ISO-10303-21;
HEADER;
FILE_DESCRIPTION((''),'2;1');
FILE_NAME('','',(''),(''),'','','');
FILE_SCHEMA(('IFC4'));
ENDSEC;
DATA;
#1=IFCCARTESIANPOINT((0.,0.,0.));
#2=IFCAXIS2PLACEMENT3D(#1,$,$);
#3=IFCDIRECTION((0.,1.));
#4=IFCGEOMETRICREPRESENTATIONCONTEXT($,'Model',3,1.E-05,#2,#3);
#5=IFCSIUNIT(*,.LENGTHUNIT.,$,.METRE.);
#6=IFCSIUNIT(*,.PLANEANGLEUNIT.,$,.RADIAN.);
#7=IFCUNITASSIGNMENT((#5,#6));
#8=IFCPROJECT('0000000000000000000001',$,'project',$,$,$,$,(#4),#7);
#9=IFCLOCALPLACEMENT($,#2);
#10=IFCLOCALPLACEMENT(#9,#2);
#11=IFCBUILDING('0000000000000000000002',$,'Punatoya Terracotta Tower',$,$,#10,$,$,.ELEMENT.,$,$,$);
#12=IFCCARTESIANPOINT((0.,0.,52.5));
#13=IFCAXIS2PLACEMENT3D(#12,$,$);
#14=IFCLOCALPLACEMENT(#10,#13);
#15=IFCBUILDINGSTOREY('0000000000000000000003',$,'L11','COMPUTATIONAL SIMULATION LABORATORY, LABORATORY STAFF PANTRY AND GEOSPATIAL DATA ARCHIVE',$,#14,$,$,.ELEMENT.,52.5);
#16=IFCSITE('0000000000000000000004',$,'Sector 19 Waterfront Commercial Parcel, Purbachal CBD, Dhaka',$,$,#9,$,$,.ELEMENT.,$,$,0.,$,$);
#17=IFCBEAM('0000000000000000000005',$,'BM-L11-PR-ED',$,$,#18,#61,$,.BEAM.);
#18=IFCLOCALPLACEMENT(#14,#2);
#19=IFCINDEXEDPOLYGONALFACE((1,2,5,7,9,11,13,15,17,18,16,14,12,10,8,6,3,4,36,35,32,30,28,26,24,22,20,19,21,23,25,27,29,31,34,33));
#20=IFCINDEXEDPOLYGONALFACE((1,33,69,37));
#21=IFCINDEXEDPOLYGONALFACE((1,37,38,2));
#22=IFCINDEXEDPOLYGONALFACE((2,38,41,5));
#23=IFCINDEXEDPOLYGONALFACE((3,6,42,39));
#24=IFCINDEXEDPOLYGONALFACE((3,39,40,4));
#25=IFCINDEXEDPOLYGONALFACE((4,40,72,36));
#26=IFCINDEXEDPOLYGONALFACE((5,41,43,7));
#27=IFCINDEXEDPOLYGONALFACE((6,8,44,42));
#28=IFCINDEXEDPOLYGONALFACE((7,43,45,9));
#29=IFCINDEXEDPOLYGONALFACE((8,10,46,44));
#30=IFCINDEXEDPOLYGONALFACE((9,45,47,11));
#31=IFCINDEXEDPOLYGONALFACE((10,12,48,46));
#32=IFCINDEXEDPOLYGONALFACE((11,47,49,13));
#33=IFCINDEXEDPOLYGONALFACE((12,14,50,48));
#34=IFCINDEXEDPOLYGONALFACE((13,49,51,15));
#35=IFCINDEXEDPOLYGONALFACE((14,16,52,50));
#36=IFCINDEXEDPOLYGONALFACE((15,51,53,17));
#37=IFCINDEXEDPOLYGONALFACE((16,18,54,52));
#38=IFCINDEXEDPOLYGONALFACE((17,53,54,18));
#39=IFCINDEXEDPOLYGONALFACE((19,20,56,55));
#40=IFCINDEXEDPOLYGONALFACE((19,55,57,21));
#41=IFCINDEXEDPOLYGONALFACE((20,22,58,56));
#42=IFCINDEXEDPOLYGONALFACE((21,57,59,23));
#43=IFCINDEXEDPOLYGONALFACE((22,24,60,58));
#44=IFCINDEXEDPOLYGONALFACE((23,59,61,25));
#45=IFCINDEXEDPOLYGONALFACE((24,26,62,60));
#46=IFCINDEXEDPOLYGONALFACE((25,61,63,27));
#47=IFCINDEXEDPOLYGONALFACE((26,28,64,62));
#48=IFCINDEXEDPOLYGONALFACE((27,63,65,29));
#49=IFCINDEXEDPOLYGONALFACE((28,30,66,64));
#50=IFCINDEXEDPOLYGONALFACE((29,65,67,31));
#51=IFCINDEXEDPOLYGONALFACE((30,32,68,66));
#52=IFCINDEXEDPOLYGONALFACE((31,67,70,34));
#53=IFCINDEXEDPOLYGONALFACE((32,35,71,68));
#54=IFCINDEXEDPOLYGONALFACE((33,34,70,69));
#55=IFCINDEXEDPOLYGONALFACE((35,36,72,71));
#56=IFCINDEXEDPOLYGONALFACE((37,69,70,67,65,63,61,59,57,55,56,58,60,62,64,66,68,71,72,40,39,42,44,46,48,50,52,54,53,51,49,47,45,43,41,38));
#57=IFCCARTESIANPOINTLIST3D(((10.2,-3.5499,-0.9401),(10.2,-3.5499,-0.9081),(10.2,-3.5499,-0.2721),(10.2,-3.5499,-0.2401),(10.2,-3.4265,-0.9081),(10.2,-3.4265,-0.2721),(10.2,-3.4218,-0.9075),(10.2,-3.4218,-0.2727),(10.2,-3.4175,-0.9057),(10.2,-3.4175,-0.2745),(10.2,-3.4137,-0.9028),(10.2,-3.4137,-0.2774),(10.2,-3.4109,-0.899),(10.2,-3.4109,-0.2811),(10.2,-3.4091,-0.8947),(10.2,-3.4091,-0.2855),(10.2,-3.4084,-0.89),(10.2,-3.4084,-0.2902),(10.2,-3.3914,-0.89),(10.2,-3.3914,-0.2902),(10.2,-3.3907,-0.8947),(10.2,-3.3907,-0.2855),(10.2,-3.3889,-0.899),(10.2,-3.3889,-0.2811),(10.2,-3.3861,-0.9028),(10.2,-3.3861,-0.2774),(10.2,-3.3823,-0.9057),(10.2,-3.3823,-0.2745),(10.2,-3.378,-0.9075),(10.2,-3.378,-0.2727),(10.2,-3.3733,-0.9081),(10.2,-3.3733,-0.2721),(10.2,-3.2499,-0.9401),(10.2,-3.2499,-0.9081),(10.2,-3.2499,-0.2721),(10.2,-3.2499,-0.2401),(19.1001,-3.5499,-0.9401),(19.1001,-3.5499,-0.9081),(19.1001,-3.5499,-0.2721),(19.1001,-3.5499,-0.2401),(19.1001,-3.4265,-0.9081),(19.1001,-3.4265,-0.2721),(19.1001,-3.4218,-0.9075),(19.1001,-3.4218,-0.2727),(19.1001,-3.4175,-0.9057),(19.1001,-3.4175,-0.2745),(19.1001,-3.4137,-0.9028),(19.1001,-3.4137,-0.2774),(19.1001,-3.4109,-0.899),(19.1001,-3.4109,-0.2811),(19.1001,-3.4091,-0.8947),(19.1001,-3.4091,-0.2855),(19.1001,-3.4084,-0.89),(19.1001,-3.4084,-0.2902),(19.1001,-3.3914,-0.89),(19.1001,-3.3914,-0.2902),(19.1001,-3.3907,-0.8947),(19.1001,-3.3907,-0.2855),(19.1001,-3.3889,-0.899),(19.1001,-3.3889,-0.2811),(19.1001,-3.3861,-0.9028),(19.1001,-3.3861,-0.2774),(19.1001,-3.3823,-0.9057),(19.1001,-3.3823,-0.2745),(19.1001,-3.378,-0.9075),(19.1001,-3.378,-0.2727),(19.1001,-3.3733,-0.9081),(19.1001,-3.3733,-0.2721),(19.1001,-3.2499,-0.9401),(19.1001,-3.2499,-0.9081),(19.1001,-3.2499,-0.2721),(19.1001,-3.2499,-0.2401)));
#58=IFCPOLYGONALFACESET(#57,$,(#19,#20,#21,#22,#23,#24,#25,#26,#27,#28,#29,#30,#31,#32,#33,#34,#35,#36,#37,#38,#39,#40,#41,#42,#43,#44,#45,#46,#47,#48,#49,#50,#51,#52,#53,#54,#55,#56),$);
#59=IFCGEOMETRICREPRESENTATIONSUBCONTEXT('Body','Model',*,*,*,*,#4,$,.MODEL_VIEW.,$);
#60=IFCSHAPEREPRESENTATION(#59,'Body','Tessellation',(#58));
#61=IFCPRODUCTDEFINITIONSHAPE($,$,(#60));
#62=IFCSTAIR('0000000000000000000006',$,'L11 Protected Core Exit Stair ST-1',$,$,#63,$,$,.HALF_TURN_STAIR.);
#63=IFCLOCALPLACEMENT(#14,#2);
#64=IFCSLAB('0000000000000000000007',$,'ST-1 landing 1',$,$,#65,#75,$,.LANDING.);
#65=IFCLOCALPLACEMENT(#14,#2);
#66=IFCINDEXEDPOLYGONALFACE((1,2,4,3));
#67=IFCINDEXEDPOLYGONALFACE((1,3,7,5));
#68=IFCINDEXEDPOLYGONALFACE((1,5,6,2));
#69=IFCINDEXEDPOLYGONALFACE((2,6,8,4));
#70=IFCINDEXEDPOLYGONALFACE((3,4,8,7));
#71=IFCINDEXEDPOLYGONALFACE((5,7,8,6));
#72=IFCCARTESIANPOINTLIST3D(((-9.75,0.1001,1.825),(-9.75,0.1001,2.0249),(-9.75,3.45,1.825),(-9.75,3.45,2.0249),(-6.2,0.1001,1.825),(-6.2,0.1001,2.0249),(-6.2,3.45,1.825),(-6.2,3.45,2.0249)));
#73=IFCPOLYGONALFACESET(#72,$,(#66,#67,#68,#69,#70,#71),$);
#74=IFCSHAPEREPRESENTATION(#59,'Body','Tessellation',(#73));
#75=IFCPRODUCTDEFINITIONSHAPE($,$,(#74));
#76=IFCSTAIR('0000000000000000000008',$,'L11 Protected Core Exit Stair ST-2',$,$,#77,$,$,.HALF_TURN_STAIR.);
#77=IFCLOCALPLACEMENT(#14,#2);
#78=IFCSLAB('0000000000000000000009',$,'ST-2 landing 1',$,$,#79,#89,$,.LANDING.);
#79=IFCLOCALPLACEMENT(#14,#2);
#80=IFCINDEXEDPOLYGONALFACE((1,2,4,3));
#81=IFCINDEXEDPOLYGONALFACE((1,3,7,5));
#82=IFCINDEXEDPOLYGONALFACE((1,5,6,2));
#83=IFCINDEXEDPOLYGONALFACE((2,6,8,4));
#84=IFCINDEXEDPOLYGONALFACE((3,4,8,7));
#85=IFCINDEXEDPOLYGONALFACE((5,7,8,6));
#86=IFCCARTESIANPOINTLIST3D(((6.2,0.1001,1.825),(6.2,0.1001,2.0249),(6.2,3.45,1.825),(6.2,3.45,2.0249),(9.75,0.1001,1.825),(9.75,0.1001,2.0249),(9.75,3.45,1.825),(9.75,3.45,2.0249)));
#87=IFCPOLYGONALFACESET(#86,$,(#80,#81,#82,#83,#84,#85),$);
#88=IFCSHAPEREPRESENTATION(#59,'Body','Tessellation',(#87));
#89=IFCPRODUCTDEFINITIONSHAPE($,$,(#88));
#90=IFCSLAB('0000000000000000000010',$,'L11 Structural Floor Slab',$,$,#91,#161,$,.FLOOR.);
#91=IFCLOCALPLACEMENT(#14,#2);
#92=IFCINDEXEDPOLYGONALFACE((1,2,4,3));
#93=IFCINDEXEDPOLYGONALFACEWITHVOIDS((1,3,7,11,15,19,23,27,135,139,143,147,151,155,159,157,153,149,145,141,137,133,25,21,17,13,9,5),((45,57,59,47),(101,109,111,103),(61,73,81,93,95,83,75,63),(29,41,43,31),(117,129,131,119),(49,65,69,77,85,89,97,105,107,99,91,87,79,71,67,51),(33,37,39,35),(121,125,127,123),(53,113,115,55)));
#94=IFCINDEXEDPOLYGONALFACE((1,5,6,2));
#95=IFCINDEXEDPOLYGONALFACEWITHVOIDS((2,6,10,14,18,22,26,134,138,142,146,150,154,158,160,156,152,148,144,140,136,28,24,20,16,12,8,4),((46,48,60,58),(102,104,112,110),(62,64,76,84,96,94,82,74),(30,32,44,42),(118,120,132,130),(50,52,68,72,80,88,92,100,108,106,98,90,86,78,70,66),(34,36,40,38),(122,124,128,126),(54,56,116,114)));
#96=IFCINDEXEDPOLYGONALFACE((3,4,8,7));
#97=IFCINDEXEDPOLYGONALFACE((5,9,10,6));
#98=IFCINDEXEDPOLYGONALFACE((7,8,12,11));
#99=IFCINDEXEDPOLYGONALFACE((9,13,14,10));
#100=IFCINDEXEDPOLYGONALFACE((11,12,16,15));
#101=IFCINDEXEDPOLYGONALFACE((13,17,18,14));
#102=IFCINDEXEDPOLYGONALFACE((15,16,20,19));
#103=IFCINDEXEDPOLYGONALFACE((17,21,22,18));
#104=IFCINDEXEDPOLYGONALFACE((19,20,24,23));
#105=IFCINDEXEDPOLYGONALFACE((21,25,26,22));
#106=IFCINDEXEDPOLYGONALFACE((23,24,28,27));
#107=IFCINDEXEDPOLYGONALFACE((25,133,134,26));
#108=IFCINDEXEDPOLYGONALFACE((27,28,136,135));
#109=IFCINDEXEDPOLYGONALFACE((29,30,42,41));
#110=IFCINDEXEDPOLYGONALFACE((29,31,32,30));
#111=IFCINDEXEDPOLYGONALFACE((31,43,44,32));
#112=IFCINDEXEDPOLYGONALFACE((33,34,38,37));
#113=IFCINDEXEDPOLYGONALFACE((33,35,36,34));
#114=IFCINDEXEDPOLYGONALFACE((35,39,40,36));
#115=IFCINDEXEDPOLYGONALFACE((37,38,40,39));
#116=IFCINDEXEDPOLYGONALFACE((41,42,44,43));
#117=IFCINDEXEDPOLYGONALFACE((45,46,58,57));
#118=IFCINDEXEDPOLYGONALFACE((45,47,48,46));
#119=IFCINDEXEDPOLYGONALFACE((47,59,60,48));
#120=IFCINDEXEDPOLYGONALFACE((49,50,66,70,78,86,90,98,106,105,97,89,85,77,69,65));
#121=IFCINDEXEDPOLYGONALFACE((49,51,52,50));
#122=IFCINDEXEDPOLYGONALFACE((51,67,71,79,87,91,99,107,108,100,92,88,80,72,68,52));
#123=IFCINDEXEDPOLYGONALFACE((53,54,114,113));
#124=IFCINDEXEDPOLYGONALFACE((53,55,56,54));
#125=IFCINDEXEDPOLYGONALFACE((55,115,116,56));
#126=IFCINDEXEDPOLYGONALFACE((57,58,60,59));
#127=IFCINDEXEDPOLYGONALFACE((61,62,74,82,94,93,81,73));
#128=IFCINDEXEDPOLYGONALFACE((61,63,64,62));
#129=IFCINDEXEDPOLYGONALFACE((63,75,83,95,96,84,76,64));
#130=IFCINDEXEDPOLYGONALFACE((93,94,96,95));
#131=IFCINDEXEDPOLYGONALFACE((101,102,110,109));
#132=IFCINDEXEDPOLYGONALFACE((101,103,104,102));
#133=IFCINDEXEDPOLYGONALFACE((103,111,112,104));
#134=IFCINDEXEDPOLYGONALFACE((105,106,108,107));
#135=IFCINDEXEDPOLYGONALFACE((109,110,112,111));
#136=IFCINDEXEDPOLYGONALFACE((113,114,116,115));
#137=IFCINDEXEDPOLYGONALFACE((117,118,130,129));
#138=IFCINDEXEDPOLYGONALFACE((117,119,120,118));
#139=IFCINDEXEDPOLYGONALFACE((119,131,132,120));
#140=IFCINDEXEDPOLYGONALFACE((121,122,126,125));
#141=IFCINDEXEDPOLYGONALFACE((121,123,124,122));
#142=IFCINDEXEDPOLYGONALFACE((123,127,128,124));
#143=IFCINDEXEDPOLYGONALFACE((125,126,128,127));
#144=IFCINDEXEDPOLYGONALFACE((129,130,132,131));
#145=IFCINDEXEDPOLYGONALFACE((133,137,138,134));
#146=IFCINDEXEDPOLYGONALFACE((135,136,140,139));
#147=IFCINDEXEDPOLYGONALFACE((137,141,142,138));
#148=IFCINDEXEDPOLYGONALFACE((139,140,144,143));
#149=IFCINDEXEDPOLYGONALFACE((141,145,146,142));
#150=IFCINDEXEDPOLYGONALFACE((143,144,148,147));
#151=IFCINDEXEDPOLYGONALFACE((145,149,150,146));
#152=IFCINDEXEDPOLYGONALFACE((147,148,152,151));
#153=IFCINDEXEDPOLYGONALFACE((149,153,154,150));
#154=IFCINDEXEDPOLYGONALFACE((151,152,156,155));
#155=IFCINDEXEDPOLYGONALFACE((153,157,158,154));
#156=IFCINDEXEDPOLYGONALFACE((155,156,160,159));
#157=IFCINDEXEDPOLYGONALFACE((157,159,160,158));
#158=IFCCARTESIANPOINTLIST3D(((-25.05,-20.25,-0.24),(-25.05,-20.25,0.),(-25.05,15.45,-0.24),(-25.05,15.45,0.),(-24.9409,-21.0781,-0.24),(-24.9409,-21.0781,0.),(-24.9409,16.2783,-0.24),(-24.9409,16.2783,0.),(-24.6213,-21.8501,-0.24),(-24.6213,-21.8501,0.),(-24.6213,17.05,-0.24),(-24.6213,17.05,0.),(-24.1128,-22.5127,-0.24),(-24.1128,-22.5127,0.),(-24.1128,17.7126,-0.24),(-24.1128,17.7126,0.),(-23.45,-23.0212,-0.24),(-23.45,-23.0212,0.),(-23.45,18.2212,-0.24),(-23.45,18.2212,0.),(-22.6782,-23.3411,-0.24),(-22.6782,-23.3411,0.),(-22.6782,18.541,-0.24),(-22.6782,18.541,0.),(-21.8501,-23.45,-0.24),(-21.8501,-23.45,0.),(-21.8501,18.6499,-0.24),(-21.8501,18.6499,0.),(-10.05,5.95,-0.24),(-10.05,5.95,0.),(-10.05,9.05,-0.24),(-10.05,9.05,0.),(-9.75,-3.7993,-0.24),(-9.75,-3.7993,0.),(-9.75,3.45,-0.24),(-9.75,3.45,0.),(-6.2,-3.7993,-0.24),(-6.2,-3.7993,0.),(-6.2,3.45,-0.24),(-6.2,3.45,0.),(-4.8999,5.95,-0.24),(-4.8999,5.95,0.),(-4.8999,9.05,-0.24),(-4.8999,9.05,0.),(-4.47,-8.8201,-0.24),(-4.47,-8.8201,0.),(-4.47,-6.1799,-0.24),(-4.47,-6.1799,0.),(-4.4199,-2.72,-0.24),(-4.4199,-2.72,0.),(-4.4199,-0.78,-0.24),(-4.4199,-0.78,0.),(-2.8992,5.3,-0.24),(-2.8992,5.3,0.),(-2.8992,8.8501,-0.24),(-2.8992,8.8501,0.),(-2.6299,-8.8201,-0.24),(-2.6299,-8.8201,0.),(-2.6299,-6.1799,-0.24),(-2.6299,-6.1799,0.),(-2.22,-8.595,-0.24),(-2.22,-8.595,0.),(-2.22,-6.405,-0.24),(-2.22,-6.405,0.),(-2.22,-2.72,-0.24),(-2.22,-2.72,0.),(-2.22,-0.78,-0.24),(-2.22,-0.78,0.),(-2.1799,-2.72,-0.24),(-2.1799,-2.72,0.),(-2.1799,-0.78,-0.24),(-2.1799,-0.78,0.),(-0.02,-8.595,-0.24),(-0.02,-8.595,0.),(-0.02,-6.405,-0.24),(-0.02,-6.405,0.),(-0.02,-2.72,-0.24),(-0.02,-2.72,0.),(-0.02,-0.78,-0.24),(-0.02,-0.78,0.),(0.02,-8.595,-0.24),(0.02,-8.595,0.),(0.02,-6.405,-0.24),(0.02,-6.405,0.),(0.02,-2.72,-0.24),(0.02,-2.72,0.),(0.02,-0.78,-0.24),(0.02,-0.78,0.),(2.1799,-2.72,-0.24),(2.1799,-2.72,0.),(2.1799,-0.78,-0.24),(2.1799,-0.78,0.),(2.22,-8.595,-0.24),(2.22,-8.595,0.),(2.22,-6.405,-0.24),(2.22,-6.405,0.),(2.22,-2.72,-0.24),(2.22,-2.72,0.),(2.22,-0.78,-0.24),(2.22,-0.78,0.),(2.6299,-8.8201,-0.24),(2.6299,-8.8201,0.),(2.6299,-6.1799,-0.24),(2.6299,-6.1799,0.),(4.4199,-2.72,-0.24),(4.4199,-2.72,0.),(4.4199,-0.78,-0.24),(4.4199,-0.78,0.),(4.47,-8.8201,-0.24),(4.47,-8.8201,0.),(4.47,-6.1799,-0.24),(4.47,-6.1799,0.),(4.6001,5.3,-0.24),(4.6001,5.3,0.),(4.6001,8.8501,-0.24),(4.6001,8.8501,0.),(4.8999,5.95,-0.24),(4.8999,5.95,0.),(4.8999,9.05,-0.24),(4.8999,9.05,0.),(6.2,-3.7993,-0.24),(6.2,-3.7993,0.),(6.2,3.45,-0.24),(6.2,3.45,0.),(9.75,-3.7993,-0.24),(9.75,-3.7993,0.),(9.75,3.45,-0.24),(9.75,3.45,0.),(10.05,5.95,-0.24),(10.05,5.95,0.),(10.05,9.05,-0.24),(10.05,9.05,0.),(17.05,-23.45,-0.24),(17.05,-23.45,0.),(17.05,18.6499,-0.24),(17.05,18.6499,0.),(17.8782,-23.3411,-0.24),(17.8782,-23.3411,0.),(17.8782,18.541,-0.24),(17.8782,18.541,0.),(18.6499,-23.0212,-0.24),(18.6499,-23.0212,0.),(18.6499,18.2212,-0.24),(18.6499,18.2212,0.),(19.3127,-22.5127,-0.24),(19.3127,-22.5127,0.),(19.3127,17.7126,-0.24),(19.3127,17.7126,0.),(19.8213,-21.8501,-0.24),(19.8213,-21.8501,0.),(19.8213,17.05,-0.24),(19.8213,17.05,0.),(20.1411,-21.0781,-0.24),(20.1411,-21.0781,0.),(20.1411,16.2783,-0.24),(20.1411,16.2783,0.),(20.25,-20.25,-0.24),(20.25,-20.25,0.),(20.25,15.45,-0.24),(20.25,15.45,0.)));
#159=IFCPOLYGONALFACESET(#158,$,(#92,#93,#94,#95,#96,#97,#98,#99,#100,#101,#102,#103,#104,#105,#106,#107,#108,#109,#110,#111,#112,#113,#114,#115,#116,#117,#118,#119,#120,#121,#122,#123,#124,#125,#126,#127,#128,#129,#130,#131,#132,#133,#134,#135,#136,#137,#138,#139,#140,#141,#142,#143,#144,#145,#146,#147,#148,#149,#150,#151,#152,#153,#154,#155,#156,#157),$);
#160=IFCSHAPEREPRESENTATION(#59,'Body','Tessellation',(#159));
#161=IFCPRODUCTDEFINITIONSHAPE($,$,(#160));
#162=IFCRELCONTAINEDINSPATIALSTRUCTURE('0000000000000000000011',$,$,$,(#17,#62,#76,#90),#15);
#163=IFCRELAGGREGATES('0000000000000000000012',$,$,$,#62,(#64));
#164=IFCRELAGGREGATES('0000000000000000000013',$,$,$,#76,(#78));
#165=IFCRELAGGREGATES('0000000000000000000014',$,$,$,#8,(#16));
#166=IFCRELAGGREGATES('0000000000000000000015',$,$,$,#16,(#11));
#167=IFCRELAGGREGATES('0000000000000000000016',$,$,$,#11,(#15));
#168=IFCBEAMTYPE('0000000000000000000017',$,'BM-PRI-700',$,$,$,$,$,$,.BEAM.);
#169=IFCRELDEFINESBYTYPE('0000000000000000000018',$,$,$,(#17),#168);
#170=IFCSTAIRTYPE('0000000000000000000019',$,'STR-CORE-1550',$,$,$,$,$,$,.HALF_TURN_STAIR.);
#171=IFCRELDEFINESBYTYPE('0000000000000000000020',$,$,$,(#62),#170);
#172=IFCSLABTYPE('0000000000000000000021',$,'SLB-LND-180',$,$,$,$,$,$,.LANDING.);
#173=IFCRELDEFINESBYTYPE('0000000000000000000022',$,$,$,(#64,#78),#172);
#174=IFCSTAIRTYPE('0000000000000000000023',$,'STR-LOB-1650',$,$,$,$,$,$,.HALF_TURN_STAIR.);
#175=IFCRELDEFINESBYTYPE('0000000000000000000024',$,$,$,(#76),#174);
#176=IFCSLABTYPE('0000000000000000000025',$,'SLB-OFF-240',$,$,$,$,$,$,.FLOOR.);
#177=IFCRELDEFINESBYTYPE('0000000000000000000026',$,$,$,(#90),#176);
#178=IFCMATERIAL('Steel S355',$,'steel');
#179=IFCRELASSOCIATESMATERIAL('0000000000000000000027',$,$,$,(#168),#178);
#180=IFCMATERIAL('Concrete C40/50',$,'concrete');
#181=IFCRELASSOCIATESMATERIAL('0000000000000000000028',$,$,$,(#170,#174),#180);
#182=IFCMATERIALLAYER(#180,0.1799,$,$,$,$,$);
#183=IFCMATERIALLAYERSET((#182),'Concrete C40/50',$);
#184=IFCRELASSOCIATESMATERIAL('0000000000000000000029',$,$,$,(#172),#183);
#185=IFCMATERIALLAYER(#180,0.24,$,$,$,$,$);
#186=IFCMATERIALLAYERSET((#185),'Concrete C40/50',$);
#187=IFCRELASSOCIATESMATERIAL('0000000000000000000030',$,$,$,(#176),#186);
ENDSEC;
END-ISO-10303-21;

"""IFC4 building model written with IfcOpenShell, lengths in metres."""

from ifc_helpers import new_model, si_unit, direction, frame, origin, origin_2d, place, context, subcontext, project, spatial, polyline, i_section, outline, extrude, material, layer, layer_set, material_profile, profile_set, type_object, element, aggregate, save


model = new_model("IFC4")

# Units and contexts
model_context = context("Model", 3, precision=1e-05, world=origin(), true_north=direction((0.0, 1.0)))
body_context = subcontext(model_context, "Body", "Model", "MODEL_VIEW")
ifc_project = project(units=[si_unit("LENGTHUNIT", "METRE"), si_unit("PLANEANGLEUNIT", "RADIAN")], contexts=[model_context])

# Site, building, storey
site_placement = place(None, origin())
site = spatial("IfcSite", under=ifc_project, at=site_placement, Name="Sector 19 Waterfront Commercial Parcel, Purbachal CBD, Dhaka", CompositionType="ELEMENT", RefElevation=0.0)
building_placement = place(site_placement, origin())
building = spatial("IfcBuilding", under=site, at=building_placement, Name="Punatoya Terracotta Tower", CompositionType="ELEMENT")
storey_placement = place(building_placement, frame((0.0, 0.0, 52.5)))
storey = spatial("IfcBuildingStorey", under=building, at=storey_placement, Name="L11", Description="COMPUTATIONAL SIMULATION LABORATORY, LABORATORY STAFF PANTRY AND GEOSPATIAL DATA ARCHIVE", CompositionType="ELEMENT", Elevation=52.5)

# Beam
ifc_material_1 = material(Name="Steel S355", Category="steel")
ifc_material_profile = material_profile(ifc_material_1, i_section(OverallWidth=0.3, OverallDepth=0.7, WebThickness=0.0171, FlangeThickness=0.032, FilletRadius=0.0181, at=origin_2d()))
ifc_profile_set = profile_set([ifc_material_profile], Name="Steel S355")
beam_type = type_object("IfcBeamType", Name="BM-PRI-700", PredefinedType="BEAM", material=ifc_profile_set)
beam_placement = place(storey_placement, frame((10.2, -3.3999, -0.5901), z_axis=(1.0, 0.0, 0.0), x_axis=(0.0, 1.0, 0.0)))
element("IfcBeam", 1, at=beam_placement, inside=storey, type_object=beam_type, Name="BM-L11-PR-ED", PredefinedType="BEAM", context=body_context, shape_type="SweptSolid", body=[
    extrude(i_section(OverallWidth=0.3, OverallDepth=0.7, WebThickness=0.0171, FlangeThickness=0.032, FilletRadius=0.0181, at=origin_2d()), origin(), (0.0, 0.0, 1.0), 8.9001),
])

# Stairs, slabs
ifc_material_2 = material(Name="Concrete C40/50", Category="concrete")
stair_type_1 = type_object("IfcStairType", Name="STR-CORE-1550", PredefinedType="HALF_TURN_STAIR", material=ifc_material_2)
stair_1_placement = place(storey_placement, origin())
stair_1 = element("IfcStair", 2, at=stair_1_placement, inside=storey, type_object=stair_type_1, Name="L11 Protected Core Exit Stair ST-1", PredefinedType="HALF_TURN_STAIR")
ifc_layer_1 = layer(ifc_material_2, 0.1799)
ifc_layer_set_1 = layer_set([ifc_layer_1], Name="Concrete C40/50")
slab_type_1 = type_object("IfcSlabType", Name="SLB-LND-180", PredefinedType="LANDING", material=ifc_layer_set_1)
slab_1_placement = place(storey_placement, frame((0.0, 0.0, 1.825)))
slab_1 = element("IfcSlab", 3, at=slab_1_placement, type_object=slab_type_1, Name="ST-1 landing 1", PredefinedType="LANDING", context=body_context, shape_type="SweptSolid", body=[
    extrude(outline(polyline([(-6.2, 0.1001), (-6.2, 3.45), (-9.75, 3.45), (-9.75, 0.1001), (-6.2, 0.1001)])), origin(), (0.0, 0.0, 1.0), 0.2),
])
aggregate(stair_1, [slab_1])
stair_type_2 = type_object("IfcStairType", Name="STR-LOB-1650", PredefinedType="HALF_TURN_STAIR", material=ifc_material_2)
stair_2_placement = place(storey_placement, origin())
stair_2 = element("IfcStair", 4, at=stair_2_placement, inside=storey, type_object=stair_type_2, Name="L11 Protected Core Exit Stair ST-2", PredefinedType="HALF_TURN_STAIR")
slab_2_placement = place(storey_placement, frame((0.0, 0.0, 1.825)))
slab_2 = element("IfcSlab", 5, at=slab_2_placement, type_object=slab_type_1, Name="ST-2 landing 1", PredefinedType="LANDING", context=body_context, shape_type="SweptSolid", body=[
    extrude(outline(polyline([(9.75, 0.1001), (9.75, 3.45), (6.2, 3.45), (6.2, 0.1001), (9.75, 0.1001)])), origin(), (0.0, 0.0, 1.0), 0.2),
])

# Slab
ifc_layer_2 = layer(ifc_material_2, 0.24)
ifc_layer_set_2 = layer_set([ifc_layer_2], Name="Concrete C40/50")
slab_type_2 = type_object("IfcSlabType", Name="SLB-OFF-240", PredefinedType="FLOOR", material=ifc_layer_set_2)
slab_3_placement = place(storey_placement, frame((0.0, 0.0, -0.24)))
element("IfcSlab", 6, at=slab_3_placement, inside=storey, type_object=slab_type_2, Name="L11 Structural Floor Slab", PredefinedType="FLOOR", context=body_context, shape_type="SweptSolid", body=[
    extrude(outline(polyline([(-21.8501, -23.45), (-22.6782, -23.3411), (-23.45, -23.0212), (-24.1128, -22.5127), (-24.6213, -21.8501), (-24.9409, -21.0781), (-25.05, -20.25), (-25.05, 15.45), (-24.9409, 16.2783), (-24.6213, 17.05), (-24.1128, 17.7126), (-23.45, 18.2212), (-22.6782, 18.541), (-21.8501, 18.6499), (17.05, 18.6499), (17.8782, 18.541), (18.6499, 18.2212), (19.3127, 17.7126), (19.8213, 17.05), (20.1411, 16.2783), (20.25, 15.45), (20.25, -20.25), (20.1411, -21.0781), (19.8213, -21.8501), (19.3127, -22.5127), (18.6499, -23.0212), (17.8782, -23.3411), (17.05, -23.45), (-21.8501, -23.45)]), holes=[polyline([(-2.6299, -6.1799), (-4.47, -6.1799), (-4.47, -8.8201), (-2.6299, -8.8201), (-2.6299, -6.1799)]), polyline([(0.02, -8.595), (2.22, -8.595), (2.22, -6.405), (0.02, -6.405), (-0.02, -6.405), (-2.22, -6.405), (-2.22, -8.595), (-0.02, -8.595), (0.02, -8.595)]), polyline([(-2.22, -2.72), (-2.1799, -2.72), (-0.02, -2.72), (0.02, -2.72), (2.1799, -2.72), (2.22, -2.72), (4.4199, -2.72), (4.4199, -0.78), (2.22, -0.78), (2.1799, -0.78), (0.02, -0.78), (-0.02, -0.78), (-2.1799, -0.78), (-2.22, -0.78), (-4.4199, -0.78), (-4.4199, -2.72), (-2.22, -2.72)]), polyline([(-6.2, 3.45), (-9.75, 3.45), (-9.75, -3.7993), (-6.2, -3.7993), (-6.2, 3.45)]), polyline([(4.6001, 5.3), (4.6001, 8.8501), (-2.8992, 8.8501), (-2.8992, 5.3), (4.6001, 5.3)]), polyline([(-4.8999, 9.05), (-10.05, 9.05), (-10.05, 5.95), (-4.8999, 5.95), (-4.8999, 9.05)]), polyline([(4.47, -8.8201), (4.47, -6.1799), (2.6299, -6.1799), (2.6299, -8.8201), (4.47, -8.8201)]), polyline([(9.75, 3.45), (6.2, 3.45), (6.2, -3.7993), (9.75, -3.7993), (9.75, 3.45)]), polyline([(10.05, 5.95), (10.05, 9.05), (4.8999, 9.05), (4.8999, 5.95), (10.05, 5.95)])]), origin(), (0.0, 0.0, 1.0), 0.24),
])

aggregate(stair_2, [slab_2])

save(model, "model.ifc")
